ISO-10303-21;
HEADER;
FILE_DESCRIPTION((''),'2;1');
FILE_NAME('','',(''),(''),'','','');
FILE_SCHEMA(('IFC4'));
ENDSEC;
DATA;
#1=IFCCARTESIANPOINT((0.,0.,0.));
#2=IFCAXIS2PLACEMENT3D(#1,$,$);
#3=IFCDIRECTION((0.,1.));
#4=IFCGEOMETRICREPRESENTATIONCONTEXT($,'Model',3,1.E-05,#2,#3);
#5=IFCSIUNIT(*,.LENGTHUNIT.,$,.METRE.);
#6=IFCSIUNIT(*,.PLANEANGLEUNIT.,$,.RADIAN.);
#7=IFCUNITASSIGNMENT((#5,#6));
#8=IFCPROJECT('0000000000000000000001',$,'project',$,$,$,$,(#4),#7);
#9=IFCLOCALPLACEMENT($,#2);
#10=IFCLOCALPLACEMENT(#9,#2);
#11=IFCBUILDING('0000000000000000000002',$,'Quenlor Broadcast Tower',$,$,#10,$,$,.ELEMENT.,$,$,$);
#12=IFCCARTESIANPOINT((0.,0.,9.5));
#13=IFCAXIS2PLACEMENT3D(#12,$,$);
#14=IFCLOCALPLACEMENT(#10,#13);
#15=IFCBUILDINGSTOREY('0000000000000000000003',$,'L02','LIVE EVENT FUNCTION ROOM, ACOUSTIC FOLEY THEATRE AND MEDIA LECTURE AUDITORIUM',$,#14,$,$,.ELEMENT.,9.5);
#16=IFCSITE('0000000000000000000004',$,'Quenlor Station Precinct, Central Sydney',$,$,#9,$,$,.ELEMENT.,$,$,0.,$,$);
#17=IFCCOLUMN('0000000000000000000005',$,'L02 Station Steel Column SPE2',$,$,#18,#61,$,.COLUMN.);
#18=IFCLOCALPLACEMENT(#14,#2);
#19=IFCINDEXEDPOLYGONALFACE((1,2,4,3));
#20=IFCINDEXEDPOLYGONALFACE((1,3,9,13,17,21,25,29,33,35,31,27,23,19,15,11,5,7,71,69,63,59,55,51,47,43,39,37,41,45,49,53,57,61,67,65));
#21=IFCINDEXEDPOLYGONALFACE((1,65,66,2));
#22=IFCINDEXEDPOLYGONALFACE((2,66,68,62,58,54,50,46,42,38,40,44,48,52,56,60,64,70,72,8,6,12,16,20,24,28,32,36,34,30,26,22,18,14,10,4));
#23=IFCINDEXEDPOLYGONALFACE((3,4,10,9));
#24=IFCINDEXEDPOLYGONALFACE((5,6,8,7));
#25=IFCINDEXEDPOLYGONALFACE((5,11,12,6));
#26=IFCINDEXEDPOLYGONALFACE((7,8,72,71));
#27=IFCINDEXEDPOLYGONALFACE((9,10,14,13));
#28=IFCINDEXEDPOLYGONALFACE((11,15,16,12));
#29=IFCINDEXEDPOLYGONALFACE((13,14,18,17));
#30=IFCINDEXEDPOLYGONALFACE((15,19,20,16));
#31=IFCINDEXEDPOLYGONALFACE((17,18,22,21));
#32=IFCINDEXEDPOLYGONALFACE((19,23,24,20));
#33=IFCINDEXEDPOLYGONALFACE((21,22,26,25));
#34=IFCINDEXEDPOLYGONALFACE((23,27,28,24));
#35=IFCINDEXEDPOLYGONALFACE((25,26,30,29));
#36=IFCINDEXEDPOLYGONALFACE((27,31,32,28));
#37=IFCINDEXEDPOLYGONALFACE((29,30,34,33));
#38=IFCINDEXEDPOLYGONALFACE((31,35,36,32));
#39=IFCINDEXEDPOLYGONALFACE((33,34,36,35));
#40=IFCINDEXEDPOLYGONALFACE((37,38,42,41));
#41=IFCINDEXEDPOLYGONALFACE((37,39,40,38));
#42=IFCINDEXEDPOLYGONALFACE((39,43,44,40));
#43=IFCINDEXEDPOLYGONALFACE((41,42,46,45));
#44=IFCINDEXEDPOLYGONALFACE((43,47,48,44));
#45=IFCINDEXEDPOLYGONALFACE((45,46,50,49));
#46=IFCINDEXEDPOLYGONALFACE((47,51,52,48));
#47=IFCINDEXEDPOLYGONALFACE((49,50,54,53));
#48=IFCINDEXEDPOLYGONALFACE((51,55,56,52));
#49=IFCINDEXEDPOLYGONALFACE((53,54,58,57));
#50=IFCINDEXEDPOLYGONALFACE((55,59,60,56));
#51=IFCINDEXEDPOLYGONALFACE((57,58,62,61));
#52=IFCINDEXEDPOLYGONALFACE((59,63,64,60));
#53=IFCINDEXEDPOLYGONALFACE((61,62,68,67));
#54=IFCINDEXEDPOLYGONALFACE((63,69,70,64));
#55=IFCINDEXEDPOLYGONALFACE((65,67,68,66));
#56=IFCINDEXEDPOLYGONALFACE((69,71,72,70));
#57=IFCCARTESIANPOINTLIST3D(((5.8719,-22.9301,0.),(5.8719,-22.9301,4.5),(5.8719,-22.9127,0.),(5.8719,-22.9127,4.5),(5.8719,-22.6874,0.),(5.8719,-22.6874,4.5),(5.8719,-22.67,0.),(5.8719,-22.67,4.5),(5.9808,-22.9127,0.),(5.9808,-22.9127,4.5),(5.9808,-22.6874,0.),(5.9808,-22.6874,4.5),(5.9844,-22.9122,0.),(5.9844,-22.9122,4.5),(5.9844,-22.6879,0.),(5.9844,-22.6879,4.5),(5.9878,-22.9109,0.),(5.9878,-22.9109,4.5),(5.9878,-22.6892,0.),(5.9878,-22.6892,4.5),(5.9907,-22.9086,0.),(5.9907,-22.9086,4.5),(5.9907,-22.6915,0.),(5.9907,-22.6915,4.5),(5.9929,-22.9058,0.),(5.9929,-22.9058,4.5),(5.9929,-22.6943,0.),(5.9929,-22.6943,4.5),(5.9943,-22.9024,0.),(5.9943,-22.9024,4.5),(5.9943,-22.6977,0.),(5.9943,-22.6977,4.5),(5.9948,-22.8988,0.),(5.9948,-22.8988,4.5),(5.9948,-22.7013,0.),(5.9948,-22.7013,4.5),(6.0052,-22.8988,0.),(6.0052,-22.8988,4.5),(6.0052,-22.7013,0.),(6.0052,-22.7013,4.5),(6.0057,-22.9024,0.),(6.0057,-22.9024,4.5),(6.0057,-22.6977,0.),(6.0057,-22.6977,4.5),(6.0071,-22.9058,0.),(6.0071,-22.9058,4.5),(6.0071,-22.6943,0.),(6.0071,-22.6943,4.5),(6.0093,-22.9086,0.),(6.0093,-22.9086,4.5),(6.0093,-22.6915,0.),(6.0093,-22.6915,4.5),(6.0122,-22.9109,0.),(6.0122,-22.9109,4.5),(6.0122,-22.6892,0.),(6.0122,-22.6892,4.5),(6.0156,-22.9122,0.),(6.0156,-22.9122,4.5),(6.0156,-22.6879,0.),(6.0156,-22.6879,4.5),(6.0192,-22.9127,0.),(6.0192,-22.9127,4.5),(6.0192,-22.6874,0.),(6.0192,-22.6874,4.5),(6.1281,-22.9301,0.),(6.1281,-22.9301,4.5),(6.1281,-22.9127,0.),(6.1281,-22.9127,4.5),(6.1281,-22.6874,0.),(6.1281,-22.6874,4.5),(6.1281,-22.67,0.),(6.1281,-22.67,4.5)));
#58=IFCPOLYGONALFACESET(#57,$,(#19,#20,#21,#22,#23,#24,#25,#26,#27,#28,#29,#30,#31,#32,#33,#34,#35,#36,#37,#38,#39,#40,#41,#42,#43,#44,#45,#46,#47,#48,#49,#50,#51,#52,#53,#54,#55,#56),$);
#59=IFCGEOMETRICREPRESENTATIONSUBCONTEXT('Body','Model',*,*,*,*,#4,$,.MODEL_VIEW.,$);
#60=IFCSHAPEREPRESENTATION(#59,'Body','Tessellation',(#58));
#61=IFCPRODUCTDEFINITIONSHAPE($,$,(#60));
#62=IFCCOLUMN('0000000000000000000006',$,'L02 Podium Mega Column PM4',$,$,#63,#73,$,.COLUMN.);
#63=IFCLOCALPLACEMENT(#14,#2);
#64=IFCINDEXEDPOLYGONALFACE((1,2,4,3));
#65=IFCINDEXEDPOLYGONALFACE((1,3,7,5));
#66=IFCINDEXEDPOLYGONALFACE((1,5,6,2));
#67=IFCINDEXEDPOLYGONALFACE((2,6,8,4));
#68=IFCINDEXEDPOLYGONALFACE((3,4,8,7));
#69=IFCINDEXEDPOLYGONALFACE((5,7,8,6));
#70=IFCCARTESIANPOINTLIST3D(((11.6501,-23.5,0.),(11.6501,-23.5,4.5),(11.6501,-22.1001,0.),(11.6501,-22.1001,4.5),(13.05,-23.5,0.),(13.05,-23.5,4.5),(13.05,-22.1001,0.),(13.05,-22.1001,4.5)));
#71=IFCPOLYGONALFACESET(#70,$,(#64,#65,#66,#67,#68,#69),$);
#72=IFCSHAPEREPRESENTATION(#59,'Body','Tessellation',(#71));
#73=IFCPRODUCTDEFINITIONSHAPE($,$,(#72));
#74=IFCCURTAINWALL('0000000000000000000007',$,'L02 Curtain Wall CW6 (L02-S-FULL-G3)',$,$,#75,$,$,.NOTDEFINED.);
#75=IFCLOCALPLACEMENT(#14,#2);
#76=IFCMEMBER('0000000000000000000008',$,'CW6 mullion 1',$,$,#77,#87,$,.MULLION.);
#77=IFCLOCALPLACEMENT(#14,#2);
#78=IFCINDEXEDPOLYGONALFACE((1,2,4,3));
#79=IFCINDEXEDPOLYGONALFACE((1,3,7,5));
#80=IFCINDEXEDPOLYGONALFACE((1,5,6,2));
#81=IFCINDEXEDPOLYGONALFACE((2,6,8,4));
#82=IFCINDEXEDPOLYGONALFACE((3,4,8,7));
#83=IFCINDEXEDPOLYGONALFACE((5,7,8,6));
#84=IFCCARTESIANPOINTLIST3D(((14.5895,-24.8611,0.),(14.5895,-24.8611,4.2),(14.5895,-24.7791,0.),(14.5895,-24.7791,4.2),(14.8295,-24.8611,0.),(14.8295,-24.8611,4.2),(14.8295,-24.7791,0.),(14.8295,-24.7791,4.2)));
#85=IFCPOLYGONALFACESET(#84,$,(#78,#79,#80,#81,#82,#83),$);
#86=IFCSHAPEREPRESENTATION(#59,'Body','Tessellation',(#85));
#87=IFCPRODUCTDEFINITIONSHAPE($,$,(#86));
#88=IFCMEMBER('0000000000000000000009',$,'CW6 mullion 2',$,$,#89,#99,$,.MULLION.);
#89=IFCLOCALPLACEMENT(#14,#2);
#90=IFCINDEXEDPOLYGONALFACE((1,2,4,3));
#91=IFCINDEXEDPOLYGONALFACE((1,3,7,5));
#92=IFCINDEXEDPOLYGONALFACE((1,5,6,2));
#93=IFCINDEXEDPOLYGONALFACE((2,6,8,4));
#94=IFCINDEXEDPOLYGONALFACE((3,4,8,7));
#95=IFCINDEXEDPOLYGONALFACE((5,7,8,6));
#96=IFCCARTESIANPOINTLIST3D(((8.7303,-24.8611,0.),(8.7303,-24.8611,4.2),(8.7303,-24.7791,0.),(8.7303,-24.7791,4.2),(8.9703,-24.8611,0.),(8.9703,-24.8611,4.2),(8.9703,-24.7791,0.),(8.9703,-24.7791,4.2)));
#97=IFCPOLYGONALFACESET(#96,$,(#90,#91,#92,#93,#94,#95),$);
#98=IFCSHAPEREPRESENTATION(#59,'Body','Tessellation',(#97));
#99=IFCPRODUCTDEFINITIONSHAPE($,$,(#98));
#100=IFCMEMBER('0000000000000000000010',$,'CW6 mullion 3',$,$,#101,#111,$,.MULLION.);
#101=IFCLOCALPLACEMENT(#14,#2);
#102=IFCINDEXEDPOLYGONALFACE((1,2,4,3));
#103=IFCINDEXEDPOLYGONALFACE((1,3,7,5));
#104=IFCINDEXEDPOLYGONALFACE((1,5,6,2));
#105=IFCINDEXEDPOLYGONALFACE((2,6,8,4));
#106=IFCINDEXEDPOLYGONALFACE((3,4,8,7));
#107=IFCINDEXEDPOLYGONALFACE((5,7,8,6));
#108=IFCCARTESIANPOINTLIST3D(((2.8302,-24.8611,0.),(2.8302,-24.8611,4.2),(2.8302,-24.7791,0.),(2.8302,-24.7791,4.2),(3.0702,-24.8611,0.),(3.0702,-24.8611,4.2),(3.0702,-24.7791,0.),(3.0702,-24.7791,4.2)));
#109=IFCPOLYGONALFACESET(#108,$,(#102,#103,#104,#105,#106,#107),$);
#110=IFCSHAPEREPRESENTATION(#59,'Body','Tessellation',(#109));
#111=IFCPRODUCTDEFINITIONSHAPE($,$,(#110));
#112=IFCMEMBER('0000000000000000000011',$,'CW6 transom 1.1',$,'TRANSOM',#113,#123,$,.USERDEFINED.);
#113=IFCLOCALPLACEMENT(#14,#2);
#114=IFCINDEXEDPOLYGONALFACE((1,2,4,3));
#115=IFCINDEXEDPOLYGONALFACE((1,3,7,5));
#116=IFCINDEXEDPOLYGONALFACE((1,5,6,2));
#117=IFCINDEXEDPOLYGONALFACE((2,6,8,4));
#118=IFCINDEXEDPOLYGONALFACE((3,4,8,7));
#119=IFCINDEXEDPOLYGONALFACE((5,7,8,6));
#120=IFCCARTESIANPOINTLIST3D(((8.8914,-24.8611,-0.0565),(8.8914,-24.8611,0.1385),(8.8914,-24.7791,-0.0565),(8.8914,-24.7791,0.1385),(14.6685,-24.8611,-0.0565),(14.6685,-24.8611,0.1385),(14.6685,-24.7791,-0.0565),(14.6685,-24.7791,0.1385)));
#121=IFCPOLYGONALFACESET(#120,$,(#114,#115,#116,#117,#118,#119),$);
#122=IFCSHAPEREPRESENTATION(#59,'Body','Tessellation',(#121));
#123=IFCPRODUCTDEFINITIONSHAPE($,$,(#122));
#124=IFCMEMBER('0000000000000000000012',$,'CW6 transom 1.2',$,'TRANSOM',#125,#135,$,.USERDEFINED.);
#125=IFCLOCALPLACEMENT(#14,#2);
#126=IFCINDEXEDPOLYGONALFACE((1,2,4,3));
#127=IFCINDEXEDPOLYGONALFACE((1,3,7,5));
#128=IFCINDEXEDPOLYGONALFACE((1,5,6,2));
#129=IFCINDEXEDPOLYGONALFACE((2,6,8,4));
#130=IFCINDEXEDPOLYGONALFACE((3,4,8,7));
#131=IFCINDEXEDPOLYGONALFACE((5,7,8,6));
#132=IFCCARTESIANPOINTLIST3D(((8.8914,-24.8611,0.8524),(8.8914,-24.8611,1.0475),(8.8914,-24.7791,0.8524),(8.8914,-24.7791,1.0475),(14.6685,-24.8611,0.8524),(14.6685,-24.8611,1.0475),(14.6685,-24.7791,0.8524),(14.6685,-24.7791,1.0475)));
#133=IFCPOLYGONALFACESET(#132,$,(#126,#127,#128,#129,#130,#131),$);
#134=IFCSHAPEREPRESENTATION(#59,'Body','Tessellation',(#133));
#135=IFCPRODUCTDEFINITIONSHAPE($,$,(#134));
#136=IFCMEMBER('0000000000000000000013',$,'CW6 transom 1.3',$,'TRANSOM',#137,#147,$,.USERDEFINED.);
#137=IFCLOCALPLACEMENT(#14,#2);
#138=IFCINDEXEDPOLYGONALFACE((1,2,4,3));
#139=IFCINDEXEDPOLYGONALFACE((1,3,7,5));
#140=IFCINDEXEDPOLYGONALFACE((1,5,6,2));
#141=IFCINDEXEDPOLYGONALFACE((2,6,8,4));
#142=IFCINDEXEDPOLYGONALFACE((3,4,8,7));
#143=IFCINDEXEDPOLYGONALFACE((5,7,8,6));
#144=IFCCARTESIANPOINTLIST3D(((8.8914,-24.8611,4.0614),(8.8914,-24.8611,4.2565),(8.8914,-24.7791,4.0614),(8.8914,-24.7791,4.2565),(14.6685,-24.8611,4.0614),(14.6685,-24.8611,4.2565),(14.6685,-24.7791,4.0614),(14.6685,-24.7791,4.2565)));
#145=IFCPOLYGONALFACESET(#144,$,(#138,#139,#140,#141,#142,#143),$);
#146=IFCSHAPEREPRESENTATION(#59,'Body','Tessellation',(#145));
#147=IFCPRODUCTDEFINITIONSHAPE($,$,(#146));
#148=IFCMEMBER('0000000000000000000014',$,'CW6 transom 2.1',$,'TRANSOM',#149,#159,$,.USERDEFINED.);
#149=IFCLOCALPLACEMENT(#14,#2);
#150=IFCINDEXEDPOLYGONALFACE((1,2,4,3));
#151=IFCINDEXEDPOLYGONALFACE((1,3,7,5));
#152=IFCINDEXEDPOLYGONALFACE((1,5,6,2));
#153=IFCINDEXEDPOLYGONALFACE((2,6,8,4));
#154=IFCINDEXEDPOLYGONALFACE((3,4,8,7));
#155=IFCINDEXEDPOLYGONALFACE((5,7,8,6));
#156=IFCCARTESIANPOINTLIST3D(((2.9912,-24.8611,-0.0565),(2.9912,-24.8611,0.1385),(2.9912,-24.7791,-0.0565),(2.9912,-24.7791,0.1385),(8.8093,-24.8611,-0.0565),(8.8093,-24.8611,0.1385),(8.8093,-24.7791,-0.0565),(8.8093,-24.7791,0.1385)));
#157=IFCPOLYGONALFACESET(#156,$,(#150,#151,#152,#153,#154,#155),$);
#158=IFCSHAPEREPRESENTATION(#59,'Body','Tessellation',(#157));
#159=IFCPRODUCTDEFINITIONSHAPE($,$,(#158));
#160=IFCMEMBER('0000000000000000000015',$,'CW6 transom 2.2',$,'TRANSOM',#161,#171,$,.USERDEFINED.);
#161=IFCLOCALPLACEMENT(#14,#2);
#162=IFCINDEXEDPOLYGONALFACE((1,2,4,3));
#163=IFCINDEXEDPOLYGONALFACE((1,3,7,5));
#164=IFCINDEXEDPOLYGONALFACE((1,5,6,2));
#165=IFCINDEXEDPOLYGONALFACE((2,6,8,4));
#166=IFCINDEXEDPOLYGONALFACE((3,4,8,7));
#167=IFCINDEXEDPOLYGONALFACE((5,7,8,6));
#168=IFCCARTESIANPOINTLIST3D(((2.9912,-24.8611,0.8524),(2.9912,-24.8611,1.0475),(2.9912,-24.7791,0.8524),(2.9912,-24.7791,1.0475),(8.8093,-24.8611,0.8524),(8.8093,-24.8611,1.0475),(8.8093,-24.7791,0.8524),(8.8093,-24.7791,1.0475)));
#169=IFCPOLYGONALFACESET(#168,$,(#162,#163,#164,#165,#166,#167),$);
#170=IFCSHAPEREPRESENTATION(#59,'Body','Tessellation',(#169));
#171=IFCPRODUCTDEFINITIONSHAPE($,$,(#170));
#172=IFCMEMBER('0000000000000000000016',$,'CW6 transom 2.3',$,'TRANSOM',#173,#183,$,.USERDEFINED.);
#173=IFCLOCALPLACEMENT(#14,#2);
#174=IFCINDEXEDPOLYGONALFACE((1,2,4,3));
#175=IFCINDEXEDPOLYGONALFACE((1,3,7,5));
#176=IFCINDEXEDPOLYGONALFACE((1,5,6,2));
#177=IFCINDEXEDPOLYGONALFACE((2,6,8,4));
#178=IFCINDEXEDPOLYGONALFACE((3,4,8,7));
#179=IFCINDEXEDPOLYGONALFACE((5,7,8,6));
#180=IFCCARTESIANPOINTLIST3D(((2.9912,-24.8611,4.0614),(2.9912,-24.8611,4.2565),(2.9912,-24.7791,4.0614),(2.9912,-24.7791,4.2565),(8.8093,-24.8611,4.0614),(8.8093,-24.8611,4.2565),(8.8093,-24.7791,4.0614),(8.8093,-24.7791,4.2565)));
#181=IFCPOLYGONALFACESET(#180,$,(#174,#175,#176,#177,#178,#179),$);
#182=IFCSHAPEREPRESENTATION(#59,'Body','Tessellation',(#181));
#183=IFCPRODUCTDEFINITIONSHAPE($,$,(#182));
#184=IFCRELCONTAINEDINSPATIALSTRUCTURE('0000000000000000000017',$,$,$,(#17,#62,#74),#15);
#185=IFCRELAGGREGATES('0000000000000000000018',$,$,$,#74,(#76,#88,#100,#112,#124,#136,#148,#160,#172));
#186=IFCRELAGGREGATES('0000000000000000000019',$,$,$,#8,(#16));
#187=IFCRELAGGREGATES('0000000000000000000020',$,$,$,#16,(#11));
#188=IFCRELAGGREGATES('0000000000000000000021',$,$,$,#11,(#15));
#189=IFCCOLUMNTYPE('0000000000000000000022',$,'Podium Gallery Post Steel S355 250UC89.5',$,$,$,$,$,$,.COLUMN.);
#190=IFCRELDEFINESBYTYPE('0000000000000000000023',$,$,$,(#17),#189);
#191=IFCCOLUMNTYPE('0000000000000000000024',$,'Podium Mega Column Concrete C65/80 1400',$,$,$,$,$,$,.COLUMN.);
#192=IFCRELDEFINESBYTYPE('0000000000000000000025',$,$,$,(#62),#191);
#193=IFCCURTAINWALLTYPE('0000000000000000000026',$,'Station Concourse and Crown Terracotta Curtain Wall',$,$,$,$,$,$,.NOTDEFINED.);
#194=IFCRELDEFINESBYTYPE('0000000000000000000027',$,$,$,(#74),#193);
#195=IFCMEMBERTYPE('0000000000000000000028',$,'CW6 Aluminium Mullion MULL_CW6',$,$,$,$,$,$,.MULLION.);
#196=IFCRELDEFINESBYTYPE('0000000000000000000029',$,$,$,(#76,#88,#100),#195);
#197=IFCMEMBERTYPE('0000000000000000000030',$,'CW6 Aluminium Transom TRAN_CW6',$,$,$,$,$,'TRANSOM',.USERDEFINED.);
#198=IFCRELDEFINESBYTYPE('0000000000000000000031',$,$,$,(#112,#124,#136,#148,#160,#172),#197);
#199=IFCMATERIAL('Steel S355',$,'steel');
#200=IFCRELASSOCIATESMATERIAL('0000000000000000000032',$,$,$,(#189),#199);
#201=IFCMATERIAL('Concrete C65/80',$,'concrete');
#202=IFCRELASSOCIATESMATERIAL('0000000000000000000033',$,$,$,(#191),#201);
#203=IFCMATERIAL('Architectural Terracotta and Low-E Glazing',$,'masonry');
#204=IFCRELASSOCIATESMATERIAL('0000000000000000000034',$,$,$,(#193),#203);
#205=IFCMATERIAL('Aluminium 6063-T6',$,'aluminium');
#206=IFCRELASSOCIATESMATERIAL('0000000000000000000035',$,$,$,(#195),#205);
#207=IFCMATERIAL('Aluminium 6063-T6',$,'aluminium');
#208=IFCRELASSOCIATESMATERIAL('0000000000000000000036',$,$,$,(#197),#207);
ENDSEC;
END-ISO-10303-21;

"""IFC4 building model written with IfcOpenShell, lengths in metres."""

from ifc_helpers import new_model, si_unit, direction, frame, origin, origin_2d, place, context, subcontext, project, spatial, rectangle, i_section, extrude, material, material_profile, profile_set, type_object, element, aggregate, save


model = new_model("IFC4")

# Units and contexts
model_context = context("Model", 3, precision=1e-05, world=origin(), true_north=direction((0.0, 1.0)))
body_context = subcontext(model_context, "Body", "Model", "MODEL_VIEW")
ifc_project = project(units=[si_unit("LENGTHUNIT", "METRE"), si_unit("PLANEANGLEUNIT", "RADIAN")], contexts=[model_context])

# Site, building, storey
site_placement = place(None, origin())
site = spatial("IfcSite", under=ifc_project, at=site_placement, Name="Quenlor Station Precinct, Central Sydney", CompositionType="ELEMENT", RefElevation=0.0)
building_placement = place(site_placement, origin())
building = spatial("IfcBuilding", under=site, at=building_placement, Name="Quenlor Broadcast Tower", CompositionType="ELEMENT")
storey_placement = place(building_placement, frame((0.0, 0.0, 9.5)))
storey = spatial("IfcBuildingStorey", under=building, at=storey_placement, Name="L02", Description="LIVE EVENT FUNCTION ROOM, ACOUSTIC FOLEY THEATRE AND MEDIA LECTURE AUDITORIUM", CompositionType="ELEMENT", Elevation=9.5)

# Columns
ifc_material_1 = material(Name="Steel S355", Category="steel")
ifc_material_profile_1 = material_profile(ifc_material_1, i_section(OverallWidth=0.2561, OverallDepth=0.26, WebThickness=0.0105, FlangeThickness=0.0173, FilletRadius=0.0139, at=origin_2d()))
ifc_profile_set_1 = profile_set([ifc_material_profile_1], Name="Steel S355 250UC89.5")
column_type_1 = type_object("IfcColumnType", Name="Podium Gallery Post Steel S355 250UC89.5", PredefinedType="COLUMN", material=ifc_profile_set_1)
column_1_placement = place(storey_placement, frame((6.0, -22.8, 0.0), z_axis=(0.0, 0.0, 1.0), x_axis=(1.0, 0.0, 0.0)))
element("IfcColumn", 1, at=column_1_placement, inside=storey, type_object=column_type_1, Name="L02 Station Steel Column SPE2", PredefinedType="COLUMN", context=body_context, shape_type="SweptSolid", body=[
    extrude(i_section(OverallWidth=0.2561, OverallDepth=0.26, WebThickness=0.0105, FlangeThickness=0.0173, FilletRadius=0.0139, at=origin_2d()), origin(), (0.0, 0.0, 1.0), 4.5),
])
ifc_material_2 = material(Name="Concrete C65/80", Category="concrete")
ifc_material_profile_2 = material_profile(ifc_material_2, rectangle(XDim=1.3999, YDim=1.3999, at=origin_2d()))
ifc_profile_set_2 = profile_set([ifc_material_profile_2], Name="Concrete C65/80 RC1400x1400")
column_type_2 = type_object("IfcColumnType", Name="Podium Mega Column Concrete C65/80 1400", PredefinedType="COLUMN", material=ifc_profile_set_2)
column_2_placement = place(storey_placement, frame((12.3501, -22.8, 0.0), z_axis=(0.0, 0.0, 1.0), x_axis=(1.0, 0.0, 0.0)))
element("IfcColumn", 2, at=column_2_placement, inside=storey, type_object=column_type_2, Name="L02 Podium Mega Column PM4", PredefinedType="COLUMN", context=body_context, shape_type="SweptSolid", body=[
    extrude(rectangle(XDim=1.3999, YDim=1.3999, at=origin_2d()), origin(), (0.0, 0.0, 1.0), 4.5),
])

# Curtain wall, members
ifc_material_3 = material(Name="Architectural Terracotta and Low-E Glazing", Category="masonry")
curtain_wall_type = type_object("IfcCurtainWallType", Name="Station Concourse and Crown Terracotta Curtain Wall", PredefinedType="NOTDEFINED", material=ifc_material_3)
curtain_wall_placement = place(storey_placement, origin())
curtain_wall = element("IfcCurtainWall", 3, at=curtain_wall_placement, inside=storey, type_object=curtain_wall_type, Name="L02 Curtain Wall CW6 (L02-S-FULL-G3)", PredefinedType="NOTDEFINED")
ifc_material_4 = material(Name="Aluminium 6063-T6", Category="aluminium")
ifc_material_profile_3 = material_profile(ifc_material_4, rectangle(XDim=0.082, YDim=0.24, at=origin_2d()))
ifc_profile_set_3 = profile_set([ifc_material_profile_3], Name="Aluminium 6063-T6 MULL82x240")
member_type_1 = type_object("IfcMemberType", Name="CW6 Aluminium Mullion MULL_CW6", PredefinedType="MULLION", material=ifc_profile_set_3)
member_1_placement = place(storey_placement, frame((14.7095, -24.8201, 0.0), z_axis=(0.0, 0.0, 1.0), x_axis=(0.0, -1.0, 0.0)))
member_1 = element("IfcMember", 4, at=member_1_placement, type_object=member_type_1, Name="CW6 mullion 1", PredefinedType="MULLION", context=body_context, shape_type="SweptSolid", body=[
    extrude(rectangle(XDim=0.082, YDim=0.24, at=origin_2d()), origin(), (0.0, 0.0, 1.0), 4.2),
])
member_2_placement = place(storey_placement, frame((8.8503, -24.8201, 0.0), z_axis=(0.0, 0.0, 1.0), x_axis=(0.0, -1.0, 0.0)))
member_2 = element("IfcMember", 5, at=member_2_placement, type_object=member_type_1, Name="CW6 mullion 2", PredefinedType="MULLION", context=body_context, shape_type="SweptSolid", body=[
    extrude(rectangle(XDim=0.082, YDim=0.24, at=origin_2d()), origin(), (0.0, 0.0, 1.0), 4.2),
])
member_3_placement = place(storey_placement, frame((2.9502, -24.8201, 0.0), z_axis=(0.0, 0.0, 1.0), x_axis=(0.0, -1.0, 0.0)))
member_3 = element("IfcMember", 6, at=member_3_placement, type_object=member_type_1, Name="CW6 mullion 3", PredefinedType="MULLION", context=body_context, shape_type="SweptSolid", body=[
    extrude(rectangle(XDim=0.082, YDim=0.24, at=origin_2d()), origin(), (0.0, 0.0, 1.0), 4.2),
])
ifc_material_5 = material(Name="Aluminium 6063-T6", Category="aluminium")
ifc_material_profile_4 = material_profile(ifc_material_5, rectangle(XDim=0.082, YDim=0.1951, at=origin_2d()))
ifc_profile_set_4 = profile_set([ifc_material_profile_4], Name="Aluminium 6063-T6 TRAN82x195")
member_type_2 = type_object("IfcMemberType", Name="CW6 Aluminium Transom TRAN_CW6", ElementType="TRANSOM", PredefinedType="USERDEFINED", material=ifc_profile_set_4)
member_4_placement = place(storey_placement, frame((14.6685, -24.8201, 0.041), z_axis=(-1.0, 0.0, 0.0), x_axis=(0.0, -1.0, 0.0)))
member_4 = element("IfcMember", 7, at=member_4_placement, type_object=member_type_2, Name="CW6 transom 1.1", ObjectType="TRANSOM", PredefinedType="USERDEFINED", context=body_context, shape_type="SweptSolid", body=[
    extrude(rectangle(XDim=0.082, YDim=0.1951, at=origin_2d()), origin(), (0.0, 0.0, 1.0), 5.7771),
])
member_5_placement = place(storey_placement, frame((14.6685, -24.8201, 0.95), z_axis=(-1.0, 0.0, 0.0), x_axis=(0.0, -1.0, 0.0)))
member_5 = element("IfcMember", 8, at=member_5_placement, type_object=member_type_2, Name="CW6 transom 1.2", ObjectType="TRANSOM", PredefinedType="USERDEFINED", context=body_context, shape_type="SweptSolid", body=[
    extrude(rectangle(XDim=0.082, YDim=0.1951, at=origin_2d()), origin(), (0.0, 0.0, 1.0), 5.7771),
])
member_6_placement = place(storey_placement, frame((14.6685, -24.8201, 4.1589), z_axis=(-1.0, 0.0, 0.0), x_axis=(0.0, -1.0, 0.0)))
member_6 = element("IfcMember", 9, at=member_6_placement, type_object=member_type_2, Name="CW6 transom 1.3", ObjectType="TRANSOM", PredefinedType="USERDEFINED", context=body_context, shape_type="SweptSolid", body=[
    extrude(rectangle(XDim=0.082, YDim=0.1951, at=origin_2d()), origin(), (0.0, 0.0, 1.0), 5.7771),
])
member_7_placement = place(storey_placement, frame((8.8093, -24.8201, 0.041), z_axis=(-1.0, 0.0, 0.0), x_axis=(0.0, -1.0, 0.0)))
member_7 = element("IfcMember", 10, at=member_7_placement, type_object=member_type_2, Name="CW6 transom 2.1", ObjectType="TRANSOM", PredefinedType="USERDEFINED", context=body_context, shape_type="SweptSolid", body=[
    extrude(rectangle(XDim=0.082, YDim=0.1951, at=origin_2d()), origin(), (0.0, 0.0, 1.0), 5.8181),
])
member_8_placement = place(storey_placement, frame((8.8093, -24.8201, 0.95), z_axis=(-1.0, 0.0, 0.0), x_axis=(0.0, -1.0, 0.0)))
member_8 = element("IfcMember", 11, at=member_8_placement, type_object=member_type_2, Name="CW6 transom 2.2", ObjectType="TRANSOM", PredefinedType="USERDEFINED", context=body_context, shape_type="SweptSolid", body=[
    extrude(rectangle(XDim=0.082, YDim=0.1951, at=origin_2d()), origin(), (0.0, 0.0, 1.0), 5.8181),
])
member_9_placement = place(storey_placement, frame((8.8093, -24.8201, 4.1589), z_axis=(-1.0, 0.0, 0.0), x_axis=(0.0, -1.0, 0.0)))
member_9 = element("IfcMember", 12, at=member_9_placement, type_object=member_type_2, Name="CW6 transom 2.3", ObjectType="TRANSOM", PredefinedType="USERDEFINED", context=body_context, shape_type="SweptSolid", body=[
    extrude(rectangle(XDim=0.082, YDim=0.1951, at=origin_2d()), origin(), (0.0, 0.0, 1.0), 5.8181),
])

aggregate(curtain_wall, [member_1, member_2, member_3, member_4, member_5, member_6, member_7, member_8, member_9])

save(model, "model.ifc")
